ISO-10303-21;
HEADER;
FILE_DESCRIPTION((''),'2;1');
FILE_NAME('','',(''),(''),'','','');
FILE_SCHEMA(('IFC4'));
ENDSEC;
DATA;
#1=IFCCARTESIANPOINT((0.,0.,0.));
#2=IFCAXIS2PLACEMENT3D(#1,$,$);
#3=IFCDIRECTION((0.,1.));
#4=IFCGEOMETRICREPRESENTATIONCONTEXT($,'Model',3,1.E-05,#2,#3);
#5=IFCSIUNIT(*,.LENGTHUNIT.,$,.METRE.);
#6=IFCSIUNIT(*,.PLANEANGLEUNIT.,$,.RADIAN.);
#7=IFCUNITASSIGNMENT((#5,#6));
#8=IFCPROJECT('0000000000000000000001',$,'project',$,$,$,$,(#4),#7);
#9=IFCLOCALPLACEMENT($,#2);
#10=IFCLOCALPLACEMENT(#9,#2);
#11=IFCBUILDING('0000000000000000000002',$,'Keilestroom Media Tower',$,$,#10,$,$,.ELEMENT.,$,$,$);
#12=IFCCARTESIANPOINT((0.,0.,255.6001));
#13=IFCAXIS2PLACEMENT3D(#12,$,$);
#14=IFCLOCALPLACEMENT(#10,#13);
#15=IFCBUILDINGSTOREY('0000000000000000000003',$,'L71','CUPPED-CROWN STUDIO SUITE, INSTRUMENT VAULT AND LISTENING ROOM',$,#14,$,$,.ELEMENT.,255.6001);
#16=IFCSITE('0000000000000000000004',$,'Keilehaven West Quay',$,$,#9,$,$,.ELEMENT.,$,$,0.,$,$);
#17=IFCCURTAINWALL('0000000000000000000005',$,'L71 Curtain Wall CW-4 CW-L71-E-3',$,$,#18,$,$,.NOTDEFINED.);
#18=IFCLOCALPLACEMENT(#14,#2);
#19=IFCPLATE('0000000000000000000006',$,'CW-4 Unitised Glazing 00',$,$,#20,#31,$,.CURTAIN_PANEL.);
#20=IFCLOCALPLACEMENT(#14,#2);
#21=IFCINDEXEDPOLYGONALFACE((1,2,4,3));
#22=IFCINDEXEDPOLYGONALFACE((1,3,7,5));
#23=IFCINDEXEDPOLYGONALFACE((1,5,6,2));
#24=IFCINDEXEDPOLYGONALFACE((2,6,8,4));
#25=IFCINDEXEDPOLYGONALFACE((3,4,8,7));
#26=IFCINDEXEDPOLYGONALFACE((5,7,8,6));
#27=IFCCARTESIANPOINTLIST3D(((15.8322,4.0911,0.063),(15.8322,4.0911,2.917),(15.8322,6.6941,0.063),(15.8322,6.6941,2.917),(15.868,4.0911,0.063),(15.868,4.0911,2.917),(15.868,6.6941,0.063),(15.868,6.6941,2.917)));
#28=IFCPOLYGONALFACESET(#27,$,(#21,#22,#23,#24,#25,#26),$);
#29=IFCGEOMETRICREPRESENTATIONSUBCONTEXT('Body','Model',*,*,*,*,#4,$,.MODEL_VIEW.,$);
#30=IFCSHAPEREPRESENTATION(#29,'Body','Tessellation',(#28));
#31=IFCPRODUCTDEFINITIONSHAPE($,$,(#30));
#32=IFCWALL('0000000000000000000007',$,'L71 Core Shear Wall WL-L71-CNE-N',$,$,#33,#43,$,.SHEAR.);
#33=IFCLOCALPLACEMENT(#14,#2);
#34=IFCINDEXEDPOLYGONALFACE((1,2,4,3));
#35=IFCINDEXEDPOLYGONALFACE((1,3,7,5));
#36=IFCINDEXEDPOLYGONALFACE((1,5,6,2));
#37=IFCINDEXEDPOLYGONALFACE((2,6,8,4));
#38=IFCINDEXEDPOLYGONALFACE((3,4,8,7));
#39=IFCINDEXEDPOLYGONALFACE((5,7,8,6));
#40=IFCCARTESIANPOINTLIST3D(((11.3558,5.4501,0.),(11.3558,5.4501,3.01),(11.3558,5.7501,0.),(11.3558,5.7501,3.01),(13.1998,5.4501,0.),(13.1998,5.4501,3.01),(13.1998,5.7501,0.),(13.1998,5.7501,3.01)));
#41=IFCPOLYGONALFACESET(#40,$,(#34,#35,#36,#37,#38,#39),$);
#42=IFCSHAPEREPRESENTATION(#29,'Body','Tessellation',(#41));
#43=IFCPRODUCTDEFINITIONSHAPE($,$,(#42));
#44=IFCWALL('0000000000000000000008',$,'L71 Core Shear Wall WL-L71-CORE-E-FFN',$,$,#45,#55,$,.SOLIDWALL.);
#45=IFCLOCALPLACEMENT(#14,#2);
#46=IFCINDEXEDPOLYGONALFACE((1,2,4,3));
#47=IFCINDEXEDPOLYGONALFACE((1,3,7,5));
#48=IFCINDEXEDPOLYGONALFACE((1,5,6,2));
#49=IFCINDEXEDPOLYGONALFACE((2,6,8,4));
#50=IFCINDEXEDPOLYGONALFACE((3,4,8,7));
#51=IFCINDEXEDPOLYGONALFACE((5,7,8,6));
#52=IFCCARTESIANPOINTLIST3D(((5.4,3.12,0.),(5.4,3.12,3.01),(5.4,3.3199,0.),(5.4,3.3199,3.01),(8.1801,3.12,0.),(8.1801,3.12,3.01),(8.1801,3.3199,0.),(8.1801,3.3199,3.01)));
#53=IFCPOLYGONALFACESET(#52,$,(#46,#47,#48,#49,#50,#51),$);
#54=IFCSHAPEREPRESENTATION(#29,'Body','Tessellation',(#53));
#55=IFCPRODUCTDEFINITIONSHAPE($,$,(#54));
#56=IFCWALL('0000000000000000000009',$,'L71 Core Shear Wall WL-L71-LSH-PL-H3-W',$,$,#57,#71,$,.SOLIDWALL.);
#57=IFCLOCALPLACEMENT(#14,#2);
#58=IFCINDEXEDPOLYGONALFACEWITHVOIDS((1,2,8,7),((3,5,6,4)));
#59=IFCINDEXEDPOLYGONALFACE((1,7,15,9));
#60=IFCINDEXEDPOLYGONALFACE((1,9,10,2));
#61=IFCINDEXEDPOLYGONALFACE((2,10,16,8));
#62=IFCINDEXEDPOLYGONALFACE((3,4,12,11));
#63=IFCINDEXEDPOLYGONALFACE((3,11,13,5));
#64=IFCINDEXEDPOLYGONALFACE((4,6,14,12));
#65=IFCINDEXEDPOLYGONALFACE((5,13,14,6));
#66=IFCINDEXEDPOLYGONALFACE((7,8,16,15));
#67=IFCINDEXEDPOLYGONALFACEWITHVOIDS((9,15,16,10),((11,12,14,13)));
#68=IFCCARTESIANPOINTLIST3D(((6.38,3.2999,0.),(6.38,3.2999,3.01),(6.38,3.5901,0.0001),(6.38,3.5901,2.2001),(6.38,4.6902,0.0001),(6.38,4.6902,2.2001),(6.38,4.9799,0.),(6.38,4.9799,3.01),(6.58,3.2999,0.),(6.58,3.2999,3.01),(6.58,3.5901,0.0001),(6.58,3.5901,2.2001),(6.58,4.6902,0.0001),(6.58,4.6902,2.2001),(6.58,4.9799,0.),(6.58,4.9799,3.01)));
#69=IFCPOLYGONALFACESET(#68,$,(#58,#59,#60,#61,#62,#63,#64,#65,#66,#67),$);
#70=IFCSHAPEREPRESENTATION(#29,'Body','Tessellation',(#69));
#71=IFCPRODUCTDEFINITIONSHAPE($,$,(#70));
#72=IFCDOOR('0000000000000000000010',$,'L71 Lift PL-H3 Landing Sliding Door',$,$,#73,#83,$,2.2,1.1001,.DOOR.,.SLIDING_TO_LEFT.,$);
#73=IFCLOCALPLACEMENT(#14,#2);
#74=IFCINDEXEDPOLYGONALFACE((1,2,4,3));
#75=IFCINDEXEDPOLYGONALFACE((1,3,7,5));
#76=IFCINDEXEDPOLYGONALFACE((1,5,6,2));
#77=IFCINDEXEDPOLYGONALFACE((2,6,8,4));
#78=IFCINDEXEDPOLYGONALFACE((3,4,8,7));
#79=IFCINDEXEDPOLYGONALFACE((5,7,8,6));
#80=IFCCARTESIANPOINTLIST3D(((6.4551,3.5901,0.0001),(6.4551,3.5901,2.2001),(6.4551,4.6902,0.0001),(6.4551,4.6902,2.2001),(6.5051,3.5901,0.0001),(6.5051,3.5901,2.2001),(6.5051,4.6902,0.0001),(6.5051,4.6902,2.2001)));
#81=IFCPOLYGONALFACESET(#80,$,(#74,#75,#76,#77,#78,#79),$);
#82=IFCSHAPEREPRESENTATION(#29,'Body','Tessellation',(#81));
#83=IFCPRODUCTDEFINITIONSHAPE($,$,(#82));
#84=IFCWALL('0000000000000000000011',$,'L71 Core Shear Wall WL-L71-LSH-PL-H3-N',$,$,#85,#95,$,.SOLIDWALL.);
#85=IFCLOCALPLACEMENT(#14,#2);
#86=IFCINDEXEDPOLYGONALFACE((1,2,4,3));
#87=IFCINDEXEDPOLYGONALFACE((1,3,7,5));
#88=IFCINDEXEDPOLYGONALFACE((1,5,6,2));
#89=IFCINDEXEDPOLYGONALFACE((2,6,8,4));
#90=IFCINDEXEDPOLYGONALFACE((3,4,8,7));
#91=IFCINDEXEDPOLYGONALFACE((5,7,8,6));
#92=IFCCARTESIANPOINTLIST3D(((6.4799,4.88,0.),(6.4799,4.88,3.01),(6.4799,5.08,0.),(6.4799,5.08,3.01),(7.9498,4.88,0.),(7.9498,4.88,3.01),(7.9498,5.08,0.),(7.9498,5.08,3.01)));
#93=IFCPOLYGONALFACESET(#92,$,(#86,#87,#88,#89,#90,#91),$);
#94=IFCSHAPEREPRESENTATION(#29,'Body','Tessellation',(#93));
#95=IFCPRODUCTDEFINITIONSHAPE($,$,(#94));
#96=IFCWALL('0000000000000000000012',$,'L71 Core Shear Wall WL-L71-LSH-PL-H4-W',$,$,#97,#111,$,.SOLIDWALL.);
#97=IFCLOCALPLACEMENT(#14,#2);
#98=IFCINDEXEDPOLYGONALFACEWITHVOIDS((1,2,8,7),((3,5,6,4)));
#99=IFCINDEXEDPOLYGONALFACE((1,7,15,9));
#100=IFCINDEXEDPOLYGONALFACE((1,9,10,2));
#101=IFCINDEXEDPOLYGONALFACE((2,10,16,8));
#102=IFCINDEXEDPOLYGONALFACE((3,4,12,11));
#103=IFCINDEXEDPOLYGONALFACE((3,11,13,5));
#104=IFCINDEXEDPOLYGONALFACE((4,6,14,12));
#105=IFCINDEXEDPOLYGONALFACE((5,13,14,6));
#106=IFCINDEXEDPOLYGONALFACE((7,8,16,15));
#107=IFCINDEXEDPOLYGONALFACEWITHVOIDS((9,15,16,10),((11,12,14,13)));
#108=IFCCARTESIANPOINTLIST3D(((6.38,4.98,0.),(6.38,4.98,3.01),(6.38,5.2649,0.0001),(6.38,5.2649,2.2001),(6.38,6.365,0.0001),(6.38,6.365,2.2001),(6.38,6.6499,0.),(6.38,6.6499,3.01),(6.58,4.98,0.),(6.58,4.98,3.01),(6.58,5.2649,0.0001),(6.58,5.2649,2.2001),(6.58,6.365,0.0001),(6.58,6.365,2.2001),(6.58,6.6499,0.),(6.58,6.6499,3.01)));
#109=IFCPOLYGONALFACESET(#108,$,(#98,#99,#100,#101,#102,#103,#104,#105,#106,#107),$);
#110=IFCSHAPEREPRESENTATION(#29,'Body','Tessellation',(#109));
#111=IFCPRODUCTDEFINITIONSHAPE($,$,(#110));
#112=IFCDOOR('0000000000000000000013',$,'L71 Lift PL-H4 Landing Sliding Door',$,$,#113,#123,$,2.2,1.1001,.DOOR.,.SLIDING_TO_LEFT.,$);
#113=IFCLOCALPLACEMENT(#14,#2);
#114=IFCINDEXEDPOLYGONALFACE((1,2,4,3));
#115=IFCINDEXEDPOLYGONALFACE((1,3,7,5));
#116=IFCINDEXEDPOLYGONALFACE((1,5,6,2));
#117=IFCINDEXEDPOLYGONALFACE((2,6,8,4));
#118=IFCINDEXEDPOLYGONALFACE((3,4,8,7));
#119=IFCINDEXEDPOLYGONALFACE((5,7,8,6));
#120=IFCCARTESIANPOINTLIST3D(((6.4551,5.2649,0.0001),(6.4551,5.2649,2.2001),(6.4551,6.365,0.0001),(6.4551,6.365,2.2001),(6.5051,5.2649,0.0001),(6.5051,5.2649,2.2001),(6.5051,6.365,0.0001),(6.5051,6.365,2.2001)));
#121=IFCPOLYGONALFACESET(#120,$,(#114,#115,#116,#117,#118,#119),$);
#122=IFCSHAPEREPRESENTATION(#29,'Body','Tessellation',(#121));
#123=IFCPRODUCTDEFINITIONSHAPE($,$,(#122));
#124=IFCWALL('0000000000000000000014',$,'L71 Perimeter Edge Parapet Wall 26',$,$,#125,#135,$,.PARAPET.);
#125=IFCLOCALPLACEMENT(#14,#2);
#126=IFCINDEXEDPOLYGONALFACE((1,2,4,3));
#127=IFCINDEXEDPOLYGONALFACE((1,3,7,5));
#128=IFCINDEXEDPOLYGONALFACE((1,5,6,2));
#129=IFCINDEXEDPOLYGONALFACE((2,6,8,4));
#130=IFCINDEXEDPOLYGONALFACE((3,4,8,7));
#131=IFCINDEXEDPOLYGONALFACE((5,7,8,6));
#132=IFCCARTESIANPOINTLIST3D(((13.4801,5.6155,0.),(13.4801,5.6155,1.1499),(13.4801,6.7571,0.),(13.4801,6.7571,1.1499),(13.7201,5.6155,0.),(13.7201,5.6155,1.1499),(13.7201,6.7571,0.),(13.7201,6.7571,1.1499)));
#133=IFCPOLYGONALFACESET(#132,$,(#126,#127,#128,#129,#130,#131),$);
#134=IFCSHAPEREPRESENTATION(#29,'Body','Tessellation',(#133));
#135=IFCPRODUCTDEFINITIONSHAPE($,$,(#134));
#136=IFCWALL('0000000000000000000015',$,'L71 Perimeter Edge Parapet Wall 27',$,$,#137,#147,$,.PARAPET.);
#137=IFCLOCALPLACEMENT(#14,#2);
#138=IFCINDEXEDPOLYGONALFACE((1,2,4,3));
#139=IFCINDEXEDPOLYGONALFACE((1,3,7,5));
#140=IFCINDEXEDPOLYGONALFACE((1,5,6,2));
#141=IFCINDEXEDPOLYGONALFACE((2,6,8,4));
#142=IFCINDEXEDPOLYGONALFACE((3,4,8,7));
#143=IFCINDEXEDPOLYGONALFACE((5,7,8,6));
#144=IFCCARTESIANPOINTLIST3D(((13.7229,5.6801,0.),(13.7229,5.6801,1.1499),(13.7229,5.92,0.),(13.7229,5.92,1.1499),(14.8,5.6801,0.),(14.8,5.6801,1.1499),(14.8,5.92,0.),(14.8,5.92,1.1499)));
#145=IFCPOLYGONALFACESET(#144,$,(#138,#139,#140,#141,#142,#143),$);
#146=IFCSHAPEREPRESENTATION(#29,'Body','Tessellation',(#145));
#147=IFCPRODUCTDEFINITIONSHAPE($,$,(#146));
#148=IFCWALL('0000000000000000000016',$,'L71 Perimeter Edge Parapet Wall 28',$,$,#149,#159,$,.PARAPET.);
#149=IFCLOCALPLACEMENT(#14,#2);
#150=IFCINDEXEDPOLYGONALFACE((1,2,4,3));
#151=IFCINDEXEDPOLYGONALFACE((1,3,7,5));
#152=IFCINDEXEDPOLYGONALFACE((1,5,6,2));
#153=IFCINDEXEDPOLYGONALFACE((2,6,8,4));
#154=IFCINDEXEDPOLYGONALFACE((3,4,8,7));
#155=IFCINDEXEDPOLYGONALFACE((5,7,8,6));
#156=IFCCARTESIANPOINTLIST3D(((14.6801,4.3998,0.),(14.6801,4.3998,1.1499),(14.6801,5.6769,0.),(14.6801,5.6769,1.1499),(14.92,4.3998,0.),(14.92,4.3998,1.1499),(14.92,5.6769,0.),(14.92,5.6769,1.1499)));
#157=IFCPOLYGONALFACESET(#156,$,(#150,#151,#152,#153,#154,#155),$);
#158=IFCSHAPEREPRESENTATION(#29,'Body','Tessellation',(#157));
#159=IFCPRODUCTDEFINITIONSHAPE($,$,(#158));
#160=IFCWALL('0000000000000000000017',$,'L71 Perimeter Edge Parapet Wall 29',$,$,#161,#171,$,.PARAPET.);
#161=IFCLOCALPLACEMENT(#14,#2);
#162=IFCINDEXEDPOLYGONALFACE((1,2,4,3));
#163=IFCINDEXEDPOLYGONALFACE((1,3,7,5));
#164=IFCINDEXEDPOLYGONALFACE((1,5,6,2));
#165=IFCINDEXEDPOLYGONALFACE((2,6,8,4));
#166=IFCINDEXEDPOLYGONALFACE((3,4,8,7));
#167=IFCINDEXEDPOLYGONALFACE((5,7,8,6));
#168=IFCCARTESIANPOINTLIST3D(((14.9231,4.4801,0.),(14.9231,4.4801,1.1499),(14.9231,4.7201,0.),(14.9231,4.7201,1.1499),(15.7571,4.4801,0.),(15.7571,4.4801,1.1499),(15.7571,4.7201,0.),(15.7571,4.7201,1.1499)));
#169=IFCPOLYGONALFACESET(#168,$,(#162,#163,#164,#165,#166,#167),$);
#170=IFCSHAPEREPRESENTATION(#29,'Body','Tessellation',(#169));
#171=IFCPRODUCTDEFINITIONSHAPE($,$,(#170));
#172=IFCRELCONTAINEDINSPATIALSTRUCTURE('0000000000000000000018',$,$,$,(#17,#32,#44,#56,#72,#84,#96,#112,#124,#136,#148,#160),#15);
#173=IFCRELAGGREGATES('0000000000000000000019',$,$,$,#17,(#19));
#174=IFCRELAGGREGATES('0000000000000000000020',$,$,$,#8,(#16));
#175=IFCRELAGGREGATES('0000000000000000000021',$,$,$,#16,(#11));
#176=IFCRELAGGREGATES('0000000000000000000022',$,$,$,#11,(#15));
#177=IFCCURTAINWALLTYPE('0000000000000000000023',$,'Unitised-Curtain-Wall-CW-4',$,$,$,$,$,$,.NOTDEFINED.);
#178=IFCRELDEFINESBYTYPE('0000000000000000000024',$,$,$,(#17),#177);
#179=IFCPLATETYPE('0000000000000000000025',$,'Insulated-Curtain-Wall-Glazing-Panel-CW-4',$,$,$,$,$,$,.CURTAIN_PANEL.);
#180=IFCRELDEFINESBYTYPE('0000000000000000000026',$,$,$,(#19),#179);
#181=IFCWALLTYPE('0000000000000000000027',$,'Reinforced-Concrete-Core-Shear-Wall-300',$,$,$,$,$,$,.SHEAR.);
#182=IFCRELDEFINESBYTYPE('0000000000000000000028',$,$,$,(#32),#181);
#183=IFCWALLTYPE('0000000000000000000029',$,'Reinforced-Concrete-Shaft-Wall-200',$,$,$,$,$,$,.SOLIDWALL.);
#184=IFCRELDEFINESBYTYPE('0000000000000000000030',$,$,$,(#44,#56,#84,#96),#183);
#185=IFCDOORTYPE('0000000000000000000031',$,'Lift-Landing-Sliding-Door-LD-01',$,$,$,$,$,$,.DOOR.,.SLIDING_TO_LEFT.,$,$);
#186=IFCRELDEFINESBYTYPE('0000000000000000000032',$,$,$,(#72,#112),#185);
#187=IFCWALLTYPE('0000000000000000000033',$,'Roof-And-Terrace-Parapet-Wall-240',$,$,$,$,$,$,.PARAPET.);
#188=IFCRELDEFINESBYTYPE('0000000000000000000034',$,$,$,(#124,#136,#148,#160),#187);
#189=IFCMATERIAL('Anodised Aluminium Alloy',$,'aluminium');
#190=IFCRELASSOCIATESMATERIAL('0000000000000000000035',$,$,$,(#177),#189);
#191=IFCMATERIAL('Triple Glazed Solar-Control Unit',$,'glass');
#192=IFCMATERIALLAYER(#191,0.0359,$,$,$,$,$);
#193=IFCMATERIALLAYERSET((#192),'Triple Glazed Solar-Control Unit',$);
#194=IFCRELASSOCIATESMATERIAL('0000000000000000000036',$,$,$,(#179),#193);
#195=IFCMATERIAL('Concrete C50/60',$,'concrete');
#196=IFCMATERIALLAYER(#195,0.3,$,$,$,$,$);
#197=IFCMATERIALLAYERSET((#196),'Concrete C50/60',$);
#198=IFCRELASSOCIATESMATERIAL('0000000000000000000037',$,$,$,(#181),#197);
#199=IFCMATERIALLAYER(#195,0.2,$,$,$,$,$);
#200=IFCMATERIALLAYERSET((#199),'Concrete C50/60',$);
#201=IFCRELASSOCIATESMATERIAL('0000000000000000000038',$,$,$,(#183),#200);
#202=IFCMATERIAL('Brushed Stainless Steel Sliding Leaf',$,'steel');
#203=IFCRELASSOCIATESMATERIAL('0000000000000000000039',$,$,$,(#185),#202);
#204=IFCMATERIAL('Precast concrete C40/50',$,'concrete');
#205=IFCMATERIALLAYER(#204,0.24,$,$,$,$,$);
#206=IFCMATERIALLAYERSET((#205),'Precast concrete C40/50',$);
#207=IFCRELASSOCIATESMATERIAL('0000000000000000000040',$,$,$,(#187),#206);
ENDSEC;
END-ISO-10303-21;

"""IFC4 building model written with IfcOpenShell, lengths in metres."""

from ifc_helpers import new_model, si_unit, direction, frame, frame_2d, origin, origin_2d, place, context, subcontext, project, spatial, rectangle, extrude, source, transform, mapped, material, layer, layer_set, type_object, element, fill, aggregate, save


model = new_model("IFC4")

# Units and contexts
model_context = context("Model", 3, precision=1e-05, world=origin(), true_north=direction((0.0, 1.0)))
body_context = subcontext(model_context, "Body", "Model", "MODEL_VIEW")
ifc_project = project(units=[si_unit("LENGTHUNIT", "METRE"), si_unit("PLANEANGLEUNIT", "RADIAN")], contexts=[model_context])

# Site, building, storey
site_placement = place(None, origin())
site = spatial("IfcSite", under=ifc_project, at=site_placement, Name="Keilehaven West Quay", CompositionType="ELEMENT", RefElevation=0.0)
building_placement = place(site_placement, origin())
building = spatial("IfcBuilding", under=site, at=building_placement, Name="Keilestroom Media Tower", CompositionType="ELEMENT")
storey_placement = place(building_placement, frame((0.0, 0.0, 255.6001)))
storey = spatial("IfcBuildingStorey", under=building, at=storey_placement, Name="L71", Description="CUPPED-CROWN STUDIO SUITE, INSTRUMENT VAULT AND LISTENING ROOM", CompositionType="ELEMENT", Elevation=255.6001)

# Shared definitions
ifc_material_1 = material(Name="Precast concrete C40/50", Category="concrete")

# Shared definitions
ifc_material_2 = material(Name="Anodised Aluminium Alloy", Category="aluminium")
curtain_wall_type = type_object("IfcCurtainWallType", Name="Unitised-Curtain-Wall-CW-4", PredefinedType="NOTDEFINED", material=ifc_material_2)

# Curtain wall
curtain_wall_1_placement = place(storey_placement, origin())
curtain_wall_1 = element("IfcCurtainWall", 1, at=curtain_wall_1_placement, inside=storey, type_object=curtain_wall_type, Name="L71 Curtain Wall CW-4 CW-L71-E-3", PredefinedType="NOTDEFINED")

# Plate
ifc_material_3 = material(Name="Triple Glazed Solar-Control Unit", Category="glass")
ifc_layer_1 = layer(ifc_material_3, 0.0359)
ifc_layer_set_1 = layer_set([ifc_layer_1], Name="Triple Glazed Solar-Control Unit")
plate_type = type_object("IfcPlateType", Name="Insulated-Curtain-Wall-Glazing-Panel-CW-4", PredefinedType="CURTAIN_PANEL", material=ifc_layer_set_1)
shared_shape_1 = source(origin(), body_context, "Body", "SweptSolid", [
    extrude(rectangle(XDim=2.603, YDim=0.0359, at=origin_2d()), origin(), (0.0, 0.0, 1.0), 2.854),
])
plate_1_placement = place(storey_placement, frame((15.8501, 5.3926, 0.063), z_axis=(0.0, 0.0, 1.0), x_axis=(0.0, 1.0, 0.0)))
plate_1 = element("IfcPlate", 2, at=plate_1_placement, type_object=plate_type, Name="CW-4 Unitised Glazing 00", PredefinedType="CURTAIN_PANEL", context=body_context, shape_type="MappedRepresentation", body=[
    mapped(shared_shape_1, transform((0.0, 0.0, 0.0), x_axis=(1.0, 0.0, 0.0), y_axis=(0.0, 1.0, 0.0), z_axis=(0.0, 0.0, 1.0), scale=1.0)),
])
aggregate(curtain_wall_1, [plate_1])

# Walls
ifc_material_4 = material(Name="Concrete C50/60", Category="concrete")
ifc_layer_2 = layer(ifc_material_4, 0.3)
ifc_layer_set_2 = layer_set([ifc_layer_2], Name="Concrete C50/60")
wall_type_1 = type_object("IfcWallType", Name="Reinforced-Concrete-Core-Shear-Wall-300", PredefinedType="SHEAR", material=ifc_layer_set_2)
wall_1_placement = place(storey_placement, frame((11.356, 5.6001, 0.0), z_axis=(0.0, 0.0, 1.0), x_axis=(1.0, 0.0, 0.0)))
element("IfcWall", 3, at=wall_1_placement, inside=storey, type_object=wall_type_1, Name="L71 Core Shear Wall WL-L71-CNE-N", PredefinedType="SHEAR", context=body_context, shape_type="SweptSolid", body=[
    extrude(rectangle(XDim=1.844, YDim=0.3, at=frame_2d((0.9219, 0.0))), origin(), (0.0, 0.0, 1.0), 3.01),
])
ifc_layer_3 = layer(ifc_material_4, 0.2)
ifc_layer_set_3 = layer_set([ifc_layer_3], Name="Concrete C50/60")
wall_type_2 = type_object("IfcWallType", Name="Reinforced-Concrete-Shaft-Wall-200", PredefinedType="SOLIDWALL", material=ifc_layer_set_3)
wall_2_placement = place(storey_placement, frame((5.3999, 3.22, 0.0), z_axis=(0.0, 0.0, 1.0), x_axis=(1.0, 0.0, 0.0)))
element("IfcWall", 4, at=wall_2_placement, inside=storey, type_object=wall_type_2, Name="L71 Core Shear Wall WL-L71-CORE-E-FFN", PredefinedType="SOLIDWALL", context=body_context, shape_type="SweptSolid", body=[
    extrude(rectangle(XDim=2.78, YDim=0.2, at=frame_2d((1.3901, 0.0))), origin(), (0.0, 0.0, 1.0), 3.01),
])

# Wall, opening, door
wall_3_placement = place(storey_placement, frame((6.48, 3.3, 0.0), z_axis=(0.0, 0.0, 1.0), x_axis=(0.0, 1.0, 0.0)))
wall_3 = element("IfcWall", 5, at=wall_3_placement, inside=storey, type_object=wall_type_2, Name="L71 Core Shear Wall WL-L71-LSH-PL-H3-W", PredefinedType="SOLIDWALL", context=body_context, shape_type="SweptSolid", body=[
    extrude(rectangle(XDim=1.6799, YDim=0.2, at=frame_2d((0.8398, 0.0))), origin(), (0.0, 0.0, 1.0), 3.01),
])
opening_1_placement = place(wall_3_placement, frame((0.29, 0.0, 0.0)))
opening_1 = element("IfcOpeningElement", 6, at=opening_1_placement, cuts=wall_3, PredefinedType="OPENING", context=body_context, shape_type="SweptSolid", body=[
    extrude(rectangle(XDim=1.1001, YDim=2.2, at=frame_2d((0.55, 1.1001))), frame((0.0, 0.1099, 0.0), z_axis=(0.0, -1.0, 0.0), x_axis=(1.0, 0.0, 0.0)), (0.0, 0.0, 1.0), 0.22),
])
ifc_material_5 = material(Name="Brushed Stainless Steel Sliding Leaf", Category="steel")
door_type = type_object("IfcDoorType", Name="Lift-Landing-Sliding-Door-LD-01", OperationType="SLIDING_TO_LEFT", PredefinedType="DOOR", material=ifc_material_5)
shared_shape_2 = source(origin(), body_context, "Body", "SweptSolid", [
    extrude(rectangle(XDim=1.1001, YDim=2.2, at=frame_2d((0.55, 1.1001))), frame((0.0, 0.0249, 0.0), z_axis=(0.0, -1.0, 0.0), x_axis=(1.0, 0.0, 0.0)), (0.0, 0.0, 1.0), 0.05),
])
door_1_placement = place(opening_1_placement, origin())
door_1 = element("IfcDoor", 7, at=door_1_placement, inside=storey, type_object=door_type, Name="L71 Lift PL-H3 Landing Sliding Door", OperationType="SLIDING_TO_LEFT", OverallHeight=2.2, OverallWidth=1.1001, PredefinedType="DOOR", context=body_context, shape_type="MappedRepresentation", body=[
    mapped(shared_shape_2, transform((0.0, 0.0, 0.0), x_axis=(1.0, 0.0, 0.0), y_axis=(0.0, 1.0, 0.0), z_axis=(0.0, 0.0, 1.0), scale=1.0)),
])
fill(opening_1, door_1)

# Wall
wall_4_placement = place(storey_placement, frame((6.48, 4.98, 0.0), z_axis=(0.0, 0.0, 1.0), x_axis=(1.0, 0.0, 0.0)))
element("IfcWall", 8, at=wall_4_placement, inside=storey, type_object=wall_type_2, Name="L71 Core Shear Wall WL-L71-LSH-PL-H3-N", PredefinedType="SOLIDWALL", context=body_context, shape_type="SweptSolid", body=[
    extrude(rectangle(XDim=1.47, YDim=0.2, at=frame_2d((0.7349, 0.0))), origin(), (0.0, 0.0, 1.0), 3.01),
])

# Wall, opening, door
wall_5_placement = place(storey_placement, frame((6.48, 4.98, 0.0), z_axis=(0.0, 0.0, 1.0), x_axis=(0.0, 1.0, 0.0)))
wall_5 = element("IfcWall", 9, at=wall_5_placement, inside=storey, type_object=wall_type_2, Name="L71 Core Shear Wall WL-L71-LSH-PL-H4-W", PredefinedType="SOLIDWALL", context=body_context, shape_type="SweptSolid", body=[
    extrude(rectangle(XDim=1.6699, YDim=0.2, at=frame_2d((0.835, 0.0))), origin(), (0.0, 0.0, 1.0), 3.01),
])
opening_2_placement = place(wall_5_placement, frame((0.2849, 0.0, 0.0)))
opening_2 = element("IfcOpeningElement", 10, at=opening_2_placement, cuts=wall_5, PredefinedType="OPENING", context=body_context, shape_type="SweptSolid", body=[
    extrude(rectangle(XDim=1.1001, YDim=2.2, at=frame_2d((0.55, 1.1001))), frame((0.0, 0.1099, 0.0), z_axis=(0.0, -1.0, 0.0), x_axis=(1.0, 0.0, 0.0)), (0.0, 0.0, 1.0), 0.22),
])
door_2_placement = place(opening_2_placement, origin())
door_2 = element("IfcDoor", 11, at=door_2_placement, inside=storey, type_object=door_type, Name="L71 Lift PL-H4 Landing Sliding Door", OperationType="SLIDING_TO_LEFT", OverallHeight=2.2, OverallWidth=1.1001, PredefinedType="DOOR", context=body_context, shape_type="MappedRepresentation", body=[
    mapped(shared_shape_2, transform((0.0, 0.0, 0.0), x_axis=(1.0, 0.0, 0.0), y_axis=(0.0, 1.0, 0.0), z_axis=(0.0, 0.0, 1.0), scale=1.0)),
])
fill(opening_2, door_2)

# Walls
ifc_layer_4 = layer(ifc_material_1, 0.24)
ifc_layer_set_4 = layer_set([ifc_layer_4], Name="Precast concrete C40/50")
wall_type_3 = type_object("IfcWallType", Name="Roof-And-Terrace-Parapet-Wall-240", PredefinedType="PARAPET", material=ifc_layer_set_4)
wall_6_placement = place(storey_placement, frame((13.6001, 6.7571, 0.0), z_axis=(0.0, 0.0, 1.0), x_axis=(0.0, -1.0, 0.0)))
element("IfcWall", 12, at=wall_6_placement, inside=storey, type_object=wall_type_3, Name="L71 Perimeter Edge Parapet Wall 26", PredefinedType="PARAPET", context=body_context, shape_type="SweptSolid", body=[
    extrude(rectangle(XDim=1.1416, YDim=0.24, at=frame_2d((0.5708, 0.0))), origin(), (0.0, 0.0, 1.0), 1.1499),
])
wall_7_placement = place(storey_placement, frame((13.7229, 5.8, 0.0), z_axis=(0.0, 0.0, 1.0), x_axis=(1.0, 0.0, 0.0)))
element("IfcWall", 13, at=wall_7_placement, inside=storey, type_object=wall_type_3, Name="L71 Perimeter Edge Parapet Wall 27", PredefinedType="PARAPET", context=body_context, shape_type="SweptSolid", body=[
    extrude(rectangle(XDim=1.0771, YDim=0.24, at=frame_2d((0.5386, 0.0))), origin(), (0.0, 0.0, 1.0), 1.1499),
])
wall_8_placement = place(storey_placement, frame((14.8, 5.677, 0.0), z_axis=(0.0, 0.0, 1.0), x_axis=(0.0, -1.0, 0.0)))
element("IfcWall", 14, at=wall_8_placement, inside=storey, type_object=wall_type_3, Name="L71 Perimeter Edge Parapet Wall 28", PredefinedType="PARAPET", context=body_context, shape_type="SweptSolid", body=[
    extrude(rectangle(XDim=1.2771, YDim=0.24, at=frame_2d((0.6387, 0.0))), origin(), (0.0, 0.0, 1.0), 1.1499),
])
wall_9_placement = place(storey_placement, frame((14.9231, 4.6001, 0.0), z_axis=(0.0, 0.0, 1.0), x_axis=(1.0, 0.0, 0.0)))
element("IfcWall", 15, at=wall_9_placement, inside=storey, type_object=wall_type_3, Name="L71 Perimeter Edge Parapet Wall 29", PredefinedType="PARAPET", context=body_context, shape_type="SweptSolid", body=[
    extrude(rectangle(XDim=0.834, YDim=0.24, at=frame_2d((0.417, 0.0))), origin(), (0.0, 0.0, 1.0), 1.1499),
])

save(model, "model.ifc")
